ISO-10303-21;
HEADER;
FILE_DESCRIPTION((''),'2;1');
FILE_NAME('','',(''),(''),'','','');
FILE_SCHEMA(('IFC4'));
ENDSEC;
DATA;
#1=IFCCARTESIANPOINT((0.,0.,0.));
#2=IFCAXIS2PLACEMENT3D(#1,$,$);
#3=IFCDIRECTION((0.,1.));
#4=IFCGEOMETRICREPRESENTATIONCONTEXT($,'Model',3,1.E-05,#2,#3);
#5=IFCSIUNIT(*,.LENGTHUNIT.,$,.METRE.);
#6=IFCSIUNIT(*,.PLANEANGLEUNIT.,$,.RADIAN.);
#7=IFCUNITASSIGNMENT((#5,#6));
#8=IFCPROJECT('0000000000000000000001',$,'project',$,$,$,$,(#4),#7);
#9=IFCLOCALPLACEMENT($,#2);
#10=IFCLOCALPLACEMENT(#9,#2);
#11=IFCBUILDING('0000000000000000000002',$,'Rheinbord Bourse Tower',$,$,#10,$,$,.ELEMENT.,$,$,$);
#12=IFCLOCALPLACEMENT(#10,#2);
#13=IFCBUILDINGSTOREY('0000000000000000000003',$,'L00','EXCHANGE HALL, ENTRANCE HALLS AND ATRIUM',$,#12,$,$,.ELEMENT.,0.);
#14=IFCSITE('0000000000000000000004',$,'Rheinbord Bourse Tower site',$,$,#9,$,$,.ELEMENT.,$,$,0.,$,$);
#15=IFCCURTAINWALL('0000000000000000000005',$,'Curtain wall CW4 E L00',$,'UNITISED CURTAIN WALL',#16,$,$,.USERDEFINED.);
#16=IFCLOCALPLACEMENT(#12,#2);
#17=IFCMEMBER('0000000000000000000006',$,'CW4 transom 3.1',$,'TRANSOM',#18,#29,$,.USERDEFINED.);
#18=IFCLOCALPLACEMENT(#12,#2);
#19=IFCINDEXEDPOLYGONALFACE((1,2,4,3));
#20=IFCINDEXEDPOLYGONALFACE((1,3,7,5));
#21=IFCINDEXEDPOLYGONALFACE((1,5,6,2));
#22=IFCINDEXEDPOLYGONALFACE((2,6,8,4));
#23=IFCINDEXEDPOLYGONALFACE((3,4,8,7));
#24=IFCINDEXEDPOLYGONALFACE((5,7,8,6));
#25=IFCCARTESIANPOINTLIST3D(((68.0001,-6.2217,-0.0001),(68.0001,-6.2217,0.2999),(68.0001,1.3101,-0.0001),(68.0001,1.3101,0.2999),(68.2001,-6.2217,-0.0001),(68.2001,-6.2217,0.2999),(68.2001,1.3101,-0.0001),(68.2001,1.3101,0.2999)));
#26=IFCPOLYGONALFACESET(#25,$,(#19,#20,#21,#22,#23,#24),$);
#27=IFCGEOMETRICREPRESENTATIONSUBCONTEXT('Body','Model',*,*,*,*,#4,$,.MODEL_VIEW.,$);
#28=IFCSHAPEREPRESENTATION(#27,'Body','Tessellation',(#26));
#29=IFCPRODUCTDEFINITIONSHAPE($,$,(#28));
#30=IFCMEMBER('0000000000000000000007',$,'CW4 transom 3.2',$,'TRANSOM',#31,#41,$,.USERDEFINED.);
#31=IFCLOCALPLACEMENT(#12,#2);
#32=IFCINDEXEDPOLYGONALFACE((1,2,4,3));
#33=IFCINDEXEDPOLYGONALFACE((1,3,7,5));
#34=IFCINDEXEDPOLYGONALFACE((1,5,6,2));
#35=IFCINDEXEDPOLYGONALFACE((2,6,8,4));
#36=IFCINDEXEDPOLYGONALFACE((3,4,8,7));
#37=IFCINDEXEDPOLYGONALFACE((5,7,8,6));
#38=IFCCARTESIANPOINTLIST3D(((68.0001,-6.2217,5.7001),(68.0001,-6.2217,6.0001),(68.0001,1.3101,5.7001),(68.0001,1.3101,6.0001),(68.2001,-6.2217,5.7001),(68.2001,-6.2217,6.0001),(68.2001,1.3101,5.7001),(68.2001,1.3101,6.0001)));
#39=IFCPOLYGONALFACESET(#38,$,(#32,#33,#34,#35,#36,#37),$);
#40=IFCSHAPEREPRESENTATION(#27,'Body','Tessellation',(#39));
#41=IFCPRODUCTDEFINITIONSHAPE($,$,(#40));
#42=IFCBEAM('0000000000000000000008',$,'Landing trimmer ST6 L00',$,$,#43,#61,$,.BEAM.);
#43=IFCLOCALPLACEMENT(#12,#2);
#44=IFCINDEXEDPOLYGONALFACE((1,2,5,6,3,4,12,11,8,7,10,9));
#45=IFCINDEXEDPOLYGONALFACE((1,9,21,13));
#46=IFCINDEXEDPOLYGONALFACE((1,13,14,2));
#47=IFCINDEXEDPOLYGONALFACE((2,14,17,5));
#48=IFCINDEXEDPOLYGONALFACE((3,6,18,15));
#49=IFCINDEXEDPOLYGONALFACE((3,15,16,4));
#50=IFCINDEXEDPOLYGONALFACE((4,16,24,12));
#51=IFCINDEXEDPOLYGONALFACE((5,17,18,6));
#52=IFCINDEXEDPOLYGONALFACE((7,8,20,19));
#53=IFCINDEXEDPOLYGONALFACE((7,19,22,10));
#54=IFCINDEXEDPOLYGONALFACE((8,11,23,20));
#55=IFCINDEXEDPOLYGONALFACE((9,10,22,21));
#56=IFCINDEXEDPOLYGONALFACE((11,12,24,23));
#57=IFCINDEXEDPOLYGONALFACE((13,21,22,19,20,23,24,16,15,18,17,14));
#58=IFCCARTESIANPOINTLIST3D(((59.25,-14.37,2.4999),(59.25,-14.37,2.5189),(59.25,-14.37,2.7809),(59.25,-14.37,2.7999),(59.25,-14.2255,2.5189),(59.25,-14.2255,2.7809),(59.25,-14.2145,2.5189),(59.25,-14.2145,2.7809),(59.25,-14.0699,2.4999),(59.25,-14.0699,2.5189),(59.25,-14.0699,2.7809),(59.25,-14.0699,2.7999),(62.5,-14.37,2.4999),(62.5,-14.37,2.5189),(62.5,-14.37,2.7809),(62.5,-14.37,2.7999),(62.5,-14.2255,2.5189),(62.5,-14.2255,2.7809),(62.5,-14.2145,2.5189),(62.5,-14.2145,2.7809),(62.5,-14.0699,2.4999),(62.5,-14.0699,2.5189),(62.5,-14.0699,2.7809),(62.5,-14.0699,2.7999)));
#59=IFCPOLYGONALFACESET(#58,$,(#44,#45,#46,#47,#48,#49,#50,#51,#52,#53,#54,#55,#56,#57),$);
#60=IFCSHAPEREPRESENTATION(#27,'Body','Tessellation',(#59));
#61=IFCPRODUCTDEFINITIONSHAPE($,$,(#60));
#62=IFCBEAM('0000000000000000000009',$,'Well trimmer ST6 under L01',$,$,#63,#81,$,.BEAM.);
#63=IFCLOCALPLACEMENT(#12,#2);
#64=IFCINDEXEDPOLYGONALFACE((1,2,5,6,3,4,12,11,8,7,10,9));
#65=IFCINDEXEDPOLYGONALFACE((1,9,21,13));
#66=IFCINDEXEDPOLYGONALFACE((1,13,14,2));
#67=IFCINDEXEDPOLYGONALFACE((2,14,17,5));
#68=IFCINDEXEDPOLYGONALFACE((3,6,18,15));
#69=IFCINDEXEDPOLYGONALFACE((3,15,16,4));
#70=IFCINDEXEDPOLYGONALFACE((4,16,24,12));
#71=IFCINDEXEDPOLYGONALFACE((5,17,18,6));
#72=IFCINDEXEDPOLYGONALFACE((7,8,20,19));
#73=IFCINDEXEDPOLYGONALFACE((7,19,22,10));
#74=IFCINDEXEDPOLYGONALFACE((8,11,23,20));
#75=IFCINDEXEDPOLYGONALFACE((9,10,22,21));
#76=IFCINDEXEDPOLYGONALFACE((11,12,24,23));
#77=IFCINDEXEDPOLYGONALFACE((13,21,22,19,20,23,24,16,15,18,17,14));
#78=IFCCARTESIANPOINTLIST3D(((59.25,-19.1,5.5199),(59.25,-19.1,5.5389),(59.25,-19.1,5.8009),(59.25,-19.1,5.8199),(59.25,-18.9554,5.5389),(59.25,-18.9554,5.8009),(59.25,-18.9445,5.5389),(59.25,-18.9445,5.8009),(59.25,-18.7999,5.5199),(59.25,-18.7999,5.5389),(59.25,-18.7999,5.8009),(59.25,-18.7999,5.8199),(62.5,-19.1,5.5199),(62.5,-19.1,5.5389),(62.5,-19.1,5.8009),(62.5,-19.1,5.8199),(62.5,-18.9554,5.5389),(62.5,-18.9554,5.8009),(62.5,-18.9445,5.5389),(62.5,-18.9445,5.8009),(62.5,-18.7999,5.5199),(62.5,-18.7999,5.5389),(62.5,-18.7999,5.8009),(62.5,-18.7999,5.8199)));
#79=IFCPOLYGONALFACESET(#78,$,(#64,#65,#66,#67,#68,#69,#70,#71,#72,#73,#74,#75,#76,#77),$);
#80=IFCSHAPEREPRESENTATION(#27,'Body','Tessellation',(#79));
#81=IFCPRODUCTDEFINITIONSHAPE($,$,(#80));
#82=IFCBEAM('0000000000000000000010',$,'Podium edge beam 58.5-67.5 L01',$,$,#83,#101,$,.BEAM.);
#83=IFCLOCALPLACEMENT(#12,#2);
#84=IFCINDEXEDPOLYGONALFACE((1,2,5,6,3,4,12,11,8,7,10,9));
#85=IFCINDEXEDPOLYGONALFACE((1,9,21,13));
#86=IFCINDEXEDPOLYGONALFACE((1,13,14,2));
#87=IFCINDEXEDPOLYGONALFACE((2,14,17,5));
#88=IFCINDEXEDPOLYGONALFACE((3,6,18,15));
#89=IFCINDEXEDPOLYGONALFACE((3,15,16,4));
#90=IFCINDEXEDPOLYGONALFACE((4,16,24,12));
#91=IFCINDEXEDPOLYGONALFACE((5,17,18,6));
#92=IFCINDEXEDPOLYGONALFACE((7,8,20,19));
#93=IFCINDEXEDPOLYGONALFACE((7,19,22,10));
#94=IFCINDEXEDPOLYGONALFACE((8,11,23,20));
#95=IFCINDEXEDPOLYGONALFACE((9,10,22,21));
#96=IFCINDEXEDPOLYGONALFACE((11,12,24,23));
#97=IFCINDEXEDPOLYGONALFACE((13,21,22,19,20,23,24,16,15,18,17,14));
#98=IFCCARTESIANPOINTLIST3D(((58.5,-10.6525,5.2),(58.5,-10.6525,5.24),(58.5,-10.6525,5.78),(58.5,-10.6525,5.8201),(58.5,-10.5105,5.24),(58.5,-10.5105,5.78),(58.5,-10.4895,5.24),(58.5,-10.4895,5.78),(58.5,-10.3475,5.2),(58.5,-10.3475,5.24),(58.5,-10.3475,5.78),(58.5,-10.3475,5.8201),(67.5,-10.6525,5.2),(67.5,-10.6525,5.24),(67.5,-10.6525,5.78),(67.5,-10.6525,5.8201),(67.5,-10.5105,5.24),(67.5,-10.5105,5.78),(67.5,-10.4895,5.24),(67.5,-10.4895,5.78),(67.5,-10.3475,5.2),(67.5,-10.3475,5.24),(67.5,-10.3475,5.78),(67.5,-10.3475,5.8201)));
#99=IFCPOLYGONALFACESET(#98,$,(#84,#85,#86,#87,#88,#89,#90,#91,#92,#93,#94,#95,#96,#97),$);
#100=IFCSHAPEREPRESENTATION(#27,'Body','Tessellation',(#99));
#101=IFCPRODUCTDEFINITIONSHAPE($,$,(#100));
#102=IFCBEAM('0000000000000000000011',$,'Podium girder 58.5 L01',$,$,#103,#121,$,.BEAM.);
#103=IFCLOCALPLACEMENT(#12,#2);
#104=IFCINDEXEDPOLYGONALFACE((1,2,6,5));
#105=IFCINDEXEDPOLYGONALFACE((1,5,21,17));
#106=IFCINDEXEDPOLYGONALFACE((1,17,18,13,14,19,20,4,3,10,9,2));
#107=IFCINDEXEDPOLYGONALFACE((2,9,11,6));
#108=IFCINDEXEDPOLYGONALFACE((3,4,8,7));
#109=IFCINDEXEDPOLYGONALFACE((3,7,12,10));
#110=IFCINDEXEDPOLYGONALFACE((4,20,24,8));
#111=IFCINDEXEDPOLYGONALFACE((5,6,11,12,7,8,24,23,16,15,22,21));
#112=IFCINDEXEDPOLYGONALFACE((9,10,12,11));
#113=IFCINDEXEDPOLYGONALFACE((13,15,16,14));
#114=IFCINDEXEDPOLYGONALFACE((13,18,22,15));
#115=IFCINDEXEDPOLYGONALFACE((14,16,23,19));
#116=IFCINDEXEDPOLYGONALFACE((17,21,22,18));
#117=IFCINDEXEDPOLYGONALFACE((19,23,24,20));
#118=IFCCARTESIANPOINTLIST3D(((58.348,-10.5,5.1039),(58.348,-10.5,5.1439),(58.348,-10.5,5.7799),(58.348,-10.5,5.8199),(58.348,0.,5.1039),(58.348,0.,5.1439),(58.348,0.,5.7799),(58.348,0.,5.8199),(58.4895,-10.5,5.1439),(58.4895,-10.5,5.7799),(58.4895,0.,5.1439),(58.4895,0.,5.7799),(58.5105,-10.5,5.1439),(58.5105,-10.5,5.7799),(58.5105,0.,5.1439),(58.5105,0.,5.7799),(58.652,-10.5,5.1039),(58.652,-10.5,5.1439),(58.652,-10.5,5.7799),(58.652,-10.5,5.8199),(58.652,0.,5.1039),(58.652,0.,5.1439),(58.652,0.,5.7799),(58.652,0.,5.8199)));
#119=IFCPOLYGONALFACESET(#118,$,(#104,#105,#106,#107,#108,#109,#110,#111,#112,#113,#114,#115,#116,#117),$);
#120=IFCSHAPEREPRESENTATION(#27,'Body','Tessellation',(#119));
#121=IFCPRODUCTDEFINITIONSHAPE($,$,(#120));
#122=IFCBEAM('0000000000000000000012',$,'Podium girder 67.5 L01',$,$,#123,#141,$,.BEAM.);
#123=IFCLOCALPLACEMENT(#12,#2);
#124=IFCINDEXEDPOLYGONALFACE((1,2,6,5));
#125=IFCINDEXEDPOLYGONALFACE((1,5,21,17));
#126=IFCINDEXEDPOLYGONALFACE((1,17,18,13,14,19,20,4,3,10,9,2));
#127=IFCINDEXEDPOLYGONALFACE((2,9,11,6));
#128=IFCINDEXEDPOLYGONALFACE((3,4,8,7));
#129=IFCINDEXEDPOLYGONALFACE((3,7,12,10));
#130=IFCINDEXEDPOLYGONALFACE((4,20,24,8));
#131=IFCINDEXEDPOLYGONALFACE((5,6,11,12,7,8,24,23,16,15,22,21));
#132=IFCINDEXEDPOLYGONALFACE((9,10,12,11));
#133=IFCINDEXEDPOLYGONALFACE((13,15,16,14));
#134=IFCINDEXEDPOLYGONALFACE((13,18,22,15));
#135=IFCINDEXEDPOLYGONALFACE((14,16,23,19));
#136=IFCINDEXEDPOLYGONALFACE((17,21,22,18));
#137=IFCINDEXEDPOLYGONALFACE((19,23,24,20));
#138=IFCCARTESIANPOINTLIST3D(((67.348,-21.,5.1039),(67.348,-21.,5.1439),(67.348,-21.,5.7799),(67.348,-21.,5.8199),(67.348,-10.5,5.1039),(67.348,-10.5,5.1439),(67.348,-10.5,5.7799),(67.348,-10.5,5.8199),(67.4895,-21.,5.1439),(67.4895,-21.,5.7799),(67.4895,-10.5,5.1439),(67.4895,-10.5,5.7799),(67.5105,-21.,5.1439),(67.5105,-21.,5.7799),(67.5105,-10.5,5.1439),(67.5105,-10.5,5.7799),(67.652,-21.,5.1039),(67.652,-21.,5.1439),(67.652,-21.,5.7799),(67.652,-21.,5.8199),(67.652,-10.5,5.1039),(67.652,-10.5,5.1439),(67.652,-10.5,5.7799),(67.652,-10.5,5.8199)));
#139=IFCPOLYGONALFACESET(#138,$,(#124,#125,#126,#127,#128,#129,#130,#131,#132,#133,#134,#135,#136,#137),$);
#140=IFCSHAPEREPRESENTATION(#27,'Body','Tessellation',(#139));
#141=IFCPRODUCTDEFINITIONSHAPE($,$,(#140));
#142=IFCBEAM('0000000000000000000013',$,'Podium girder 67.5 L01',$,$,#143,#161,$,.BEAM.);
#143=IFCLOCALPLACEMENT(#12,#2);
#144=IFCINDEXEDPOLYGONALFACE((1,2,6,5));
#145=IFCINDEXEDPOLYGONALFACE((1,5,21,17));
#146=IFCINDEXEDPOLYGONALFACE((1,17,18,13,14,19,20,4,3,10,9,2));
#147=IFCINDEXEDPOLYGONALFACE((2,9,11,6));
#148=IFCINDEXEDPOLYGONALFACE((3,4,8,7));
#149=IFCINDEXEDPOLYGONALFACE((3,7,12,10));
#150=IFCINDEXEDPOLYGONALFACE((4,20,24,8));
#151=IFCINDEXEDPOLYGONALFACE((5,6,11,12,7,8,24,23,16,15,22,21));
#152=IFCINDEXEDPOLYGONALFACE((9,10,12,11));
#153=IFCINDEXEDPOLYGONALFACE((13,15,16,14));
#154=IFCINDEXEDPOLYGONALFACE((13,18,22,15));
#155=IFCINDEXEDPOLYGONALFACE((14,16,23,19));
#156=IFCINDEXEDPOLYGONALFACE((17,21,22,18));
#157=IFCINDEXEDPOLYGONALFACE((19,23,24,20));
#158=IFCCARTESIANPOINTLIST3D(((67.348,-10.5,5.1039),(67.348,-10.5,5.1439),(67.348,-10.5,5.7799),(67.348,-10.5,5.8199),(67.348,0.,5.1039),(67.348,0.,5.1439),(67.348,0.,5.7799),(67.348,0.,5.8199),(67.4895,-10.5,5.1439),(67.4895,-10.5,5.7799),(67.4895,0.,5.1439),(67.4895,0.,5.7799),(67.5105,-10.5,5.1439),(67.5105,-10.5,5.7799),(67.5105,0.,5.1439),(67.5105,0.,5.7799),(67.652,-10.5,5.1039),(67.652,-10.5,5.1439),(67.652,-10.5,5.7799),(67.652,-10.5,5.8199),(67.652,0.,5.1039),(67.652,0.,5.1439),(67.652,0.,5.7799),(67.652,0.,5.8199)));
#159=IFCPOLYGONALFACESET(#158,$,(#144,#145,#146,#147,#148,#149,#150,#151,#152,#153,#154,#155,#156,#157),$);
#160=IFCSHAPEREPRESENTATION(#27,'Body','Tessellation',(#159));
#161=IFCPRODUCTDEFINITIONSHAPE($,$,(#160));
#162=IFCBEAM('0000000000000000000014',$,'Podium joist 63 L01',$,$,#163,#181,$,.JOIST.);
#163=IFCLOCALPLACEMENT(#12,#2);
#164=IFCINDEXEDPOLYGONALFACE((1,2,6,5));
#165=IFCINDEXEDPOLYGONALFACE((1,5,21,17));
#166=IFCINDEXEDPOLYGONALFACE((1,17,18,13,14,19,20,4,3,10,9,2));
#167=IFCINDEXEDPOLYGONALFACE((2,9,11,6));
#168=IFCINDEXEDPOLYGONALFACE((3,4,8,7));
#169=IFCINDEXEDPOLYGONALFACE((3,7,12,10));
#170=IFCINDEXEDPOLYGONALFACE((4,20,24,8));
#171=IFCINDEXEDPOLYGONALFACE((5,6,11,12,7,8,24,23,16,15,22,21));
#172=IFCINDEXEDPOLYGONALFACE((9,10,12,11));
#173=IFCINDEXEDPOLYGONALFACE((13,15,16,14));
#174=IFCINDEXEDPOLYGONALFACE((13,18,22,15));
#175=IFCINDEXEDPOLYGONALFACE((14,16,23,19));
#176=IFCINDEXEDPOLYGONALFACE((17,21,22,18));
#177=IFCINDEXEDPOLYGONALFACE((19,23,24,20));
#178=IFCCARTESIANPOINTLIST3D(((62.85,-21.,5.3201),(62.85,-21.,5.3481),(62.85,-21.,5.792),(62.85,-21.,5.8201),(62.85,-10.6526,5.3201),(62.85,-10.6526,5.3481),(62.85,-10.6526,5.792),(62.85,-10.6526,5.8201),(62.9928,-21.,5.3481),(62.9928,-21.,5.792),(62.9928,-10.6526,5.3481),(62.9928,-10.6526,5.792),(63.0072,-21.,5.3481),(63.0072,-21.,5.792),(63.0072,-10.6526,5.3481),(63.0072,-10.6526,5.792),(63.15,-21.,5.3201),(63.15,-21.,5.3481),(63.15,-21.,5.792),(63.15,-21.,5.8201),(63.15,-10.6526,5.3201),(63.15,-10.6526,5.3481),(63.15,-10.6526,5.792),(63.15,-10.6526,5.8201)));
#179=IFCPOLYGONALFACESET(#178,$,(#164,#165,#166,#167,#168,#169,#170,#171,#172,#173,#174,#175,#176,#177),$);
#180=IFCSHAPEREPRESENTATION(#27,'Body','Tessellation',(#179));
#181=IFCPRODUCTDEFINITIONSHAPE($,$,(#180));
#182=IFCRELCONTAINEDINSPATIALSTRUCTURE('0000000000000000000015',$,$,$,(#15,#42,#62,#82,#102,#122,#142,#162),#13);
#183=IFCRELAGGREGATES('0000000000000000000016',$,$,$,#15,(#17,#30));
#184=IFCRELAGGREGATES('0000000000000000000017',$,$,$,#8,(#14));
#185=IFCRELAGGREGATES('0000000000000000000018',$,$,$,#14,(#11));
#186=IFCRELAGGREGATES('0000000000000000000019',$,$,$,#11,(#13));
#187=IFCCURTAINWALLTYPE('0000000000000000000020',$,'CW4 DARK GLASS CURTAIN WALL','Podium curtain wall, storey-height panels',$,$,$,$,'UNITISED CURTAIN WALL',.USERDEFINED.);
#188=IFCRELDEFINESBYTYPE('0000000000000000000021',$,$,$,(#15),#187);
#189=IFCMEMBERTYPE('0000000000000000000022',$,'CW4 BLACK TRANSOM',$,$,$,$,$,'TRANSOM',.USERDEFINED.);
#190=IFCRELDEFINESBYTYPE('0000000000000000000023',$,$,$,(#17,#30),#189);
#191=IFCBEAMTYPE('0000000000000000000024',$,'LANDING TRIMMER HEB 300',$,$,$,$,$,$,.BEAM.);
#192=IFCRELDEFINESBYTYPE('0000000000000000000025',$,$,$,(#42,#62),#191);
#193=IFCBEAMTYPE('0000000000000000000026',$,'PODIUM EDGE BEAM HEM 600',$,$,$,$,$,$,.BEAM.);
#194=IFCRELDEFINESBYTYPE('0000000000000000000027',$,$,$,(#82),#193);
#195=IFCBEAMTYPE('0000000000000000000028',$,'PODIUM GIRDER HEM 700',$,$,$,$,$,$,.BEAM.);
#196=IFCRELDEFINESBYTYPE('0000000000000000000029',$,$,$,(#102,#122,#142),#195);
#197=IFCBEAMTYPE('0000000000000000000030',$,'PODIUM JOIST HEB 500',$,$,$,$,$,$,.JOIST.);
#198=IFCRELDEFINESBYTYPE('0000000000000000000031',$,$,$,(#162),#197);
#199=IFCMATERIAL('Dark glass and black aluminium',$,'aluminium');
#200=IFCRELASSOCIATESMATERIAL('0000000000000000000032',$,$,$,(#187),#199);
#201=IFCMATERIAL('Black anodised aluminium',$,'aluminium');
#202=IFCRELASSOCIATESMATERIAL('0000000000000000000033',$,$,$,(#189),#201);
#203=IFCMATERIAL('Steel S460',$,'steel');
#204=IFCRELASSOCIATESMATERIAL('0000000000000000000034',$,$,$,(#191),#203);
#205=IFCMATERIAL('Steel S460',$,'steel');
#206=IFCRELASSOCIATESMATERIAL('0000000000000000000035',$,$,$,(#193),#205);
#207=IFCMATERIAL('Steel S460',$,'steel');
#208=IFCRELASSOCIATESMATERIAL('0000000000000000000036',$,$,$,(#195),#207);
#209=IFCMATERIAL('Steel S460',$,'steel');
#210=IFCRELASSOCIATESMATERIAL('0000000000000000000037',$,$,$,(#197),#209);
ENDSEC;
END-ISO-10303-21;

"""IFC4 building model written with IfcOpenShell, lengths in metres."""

from ifc_helpers import new_model, si_unit, direction, frame, origin, origin_2d, place, context, subcontext, project, spatial, rectangle, i_section, extrude, material, material_profile, profile_set, type_object, element, aggregate, save


model = new_model("IFC4")

# Units and contexts
model_context = context("Model", 3, precision=1e-05, world=origin(), true_north=direction((0.0, 1.0)))
body_context = subcontext(model_context, "Body", "Model", "MODEL_VIEW")
ifc_project = project(units=[si_unit("LENGTHUNIT", "METRE"), si_unit("PLANEANGLEUNIT", "RADIAN")], contexts=[model_context])

# Site, building, storey
site_placement = place(None, origin())
site = spatial("IfcSite", under=ifc_project, at=site_placement, Name="Rheinbord Bourse Tower site", CompositionType="ELEMENT", RefElevation=0.0)
building_placement = place(site_placement, origin())
building = spatial("IfcBuilding", under=site, at=building_placement, Name="Rheinbord Bourse Tower", CompositionType="ELEMENT")
storey_placement = place(building_placement, origin())
storey = spatial("IfcBuildingStorey", under=building, at=storey_placement, Name="L00", Description="EXCHANGE HALL, ENTRANCE HALLS AND ATRIUM", CompositionType="ELEMENT", Elevation=0.0)

# Curtain wall
ifc_material_1 = material(Name="Dark glass and black aluminium", Category="aluminium")
curtain_wall_type = type_object("IfcCurtainWallType", Name="CW4 DARK GLASS CURTAIN WALL", Description="Podium curtain wall, storey-height panels", ElementType="UNITISED CURTAIN WALL", PredefinedType="USERDEFINED", material=ifc_material_1)
curtain_wall_1_placement = place(storey_placement, origin())
curtain_wall_1 = element("IfcCurtainWall", 1, at=curtain_wall_1_placement, inside=storey, type_object=curtain_wall_type, Name="Curtain wall CW4 E L00", ObjectType="UNITISED CURTAIN WALL", PredefinedType="USERDEFINED")

# Members
ifc_material_2 = material(Name="Black anodised aluminium", Category="aluminium")
ifc_material_profile_1 = material_profile(ifc_material_2, rectangle(XDim=0.2, YDim=0.3, at=origin_2d()), Name="CW4 TRANSOM 300x200")
ifc_profile_set_1 = profile_set([ifc_material_profile_1], Name="Black anodised aluminium")
member_type_1 = type_object("IfcMemberType", Name="CW4 BLACK TRANSOM", ElementType="TRANSOM", PredefinedType="USERDEFINED", material=ifc_profile_set_1)
member_1_placement = place(storey_placement, frame((68.1001, -6.2217, 0.1499), z_axis=(0.0, 1.0, 0.0), x_axis=(-1.0, 0.0, 0.0)))
member_1 = element("IfcMember", 2, at=member_1_placement, type_object=member_type_1, Name="CW4 transom 3.1", ObjectType="TRANSOM", PredefinedType="USERDEFINED", context=body_context, shape_type="SweptSolid", body=[
    extrude(rectangle(XDim=0.2, YDim=0.3, at=origin_2d()), origin(), (0.0, 0.0, 1.0), 7.5317),
])
member_2_placement = place(storey_placement, frame((68.1001, -6.2217, 5.8501), z_axis=(0.0, 1.0, 0.0), x_axis=(-1.0, 0.0, 0.0)))
member_2 = element("IfcMember", 3, at=member_2_placement, type_object=member_type_1, Name="CW4 transom 3.2", ObjectType="TRANSOM", PredefinedType="USERDEFINED", context=body_context, shape_type="SweptSolid", body=[
    extrude(rectangle(XDim=0.2, YDim=0.3, at=origin_2d()), origin(), (0.0, 0.0, 1.0), 7.5317),
])

# Beams
ifc_material_3 = material(Name="Steel S460", Category="steel")
ifc_material_profile_2 = material_profile(ifc_material_3, i_section(OverallWidth=0.3, OverallDepth=0.3, WebThickness=0.011, FlangeThickness=0.019, at=origin_2d()), Name="HEB 300")
ifc_profile_set_2 = profile_set([ifc_material_profile_2], Name="Steel S460")
beam_type_1 = type_object("IfcBeamType", Name="LANDING TRIMMER HEB 300", PredefinedType="BEAM", material=ifc_profile_set_2)
for number, where, z_axis, x_axis, name in (
    (4, (59.25, -14.22, 2.6499), (1.0, 0.0, 0.0), (0.0, 1.0, 0.0), "Landing trimmer ST6 L00"),
    (5, (59.25, -18.95, 5.6699), (1.0, 0.0, 0.0), (0.0, 1.0, 0.0), "Well trimmer ST6 under L01"),
):
    element("IfcBeam", number, at=place(storey_placement, frame(where, z_axis=z_axis, x_axis=x_axis)), inside=storey, type_object=beam_type_1, Name=name, PredefinedType="BEAM", context=body_context, shape_type="SweptSolid", body=[
        extrude(i_section(OverallWidth=0.3, OverallDepth=0.3, WebThickness=0.011, FlangeThickness=0.019, at=origin_2d()), origin(), (0.0, 0.0, 1.0), 3.25),
    ])
ifc_material_4 = material(Name="Steel S460", Category="steel")
ifc_material_profile_3 = material_profile(ifc_material_4, i_section(OverallWidth=0.3049, OverallDepth=0.6201, WebThickness=0.021, FlangeThickness=0.04, at=origin_2d()), Name="HEM 600")
ifc_profile_set_3 = profile_set([ifc_material_profile_3], Name="Steel S460")
beam_type_2 = type_object("IfcBeamType", Name="PODIUM EDGE BEAM HEM 600", PredefinedType="BEAM", material=ifc_profile_set_3)
beam_placement = place(storey_placement, frame((58.5, -10.5, 5.51), z_axis=(1.0, 0.0, 0.0), x_axis=(0.0, 1.0, 0.0)))
element("IfcBeam", 6, at=beam_placement, inside=storey, type_object=beam_type_2, Name="Podium edge beam 58.5-67.5 L01", PredefinedType="BEAM", context=body_context, shape_type="SweptSolid", body=[
    extrude(i_section(OverallWidth=0.3049, OverallDepth=0.6201, WebThickness=0.021, FlangeThickness=0.04, at=origin_2d()), origin(), (0.0, 0.0, 1.0), 9.0),
])
ifc_material_5 = material(Name="Steel S460", Category="steel")
ifc_material_profile_4 = material_profile(ifc_material_5, i_section(OverallWidth=0.304, OverallDepth=0.7161, WebThickness=0.021, FlangeThickness=0.04, at=origin_2d()), Name="HEM 700")
ifc_profile_set_4 = profile_set([ifc_material_profile_4], Name="Steel S460")
beam_type_3 = type_object("IfcBeamType", Name="PODIUM GIRDER HEM 700", PredefinedType="BEAM", material=ifc_profile_set_4)
for number, where, z_axis, x_axis, name in (
    (7, (58.5, -10.5, 5.4619), (0.0, 1.0, 0.0), (-1.0, 0.0, 0.0), "Podium girder 58.5 L01"),
    (8, (67.5, -21.0, 5.4619), (0.0, 1.0, 0.0), (-1.0, 0.0, 0.0), "Podium girder 67.5 L01"),
    (9, (67.5, -10.5, 5.4619), (0.0, 1.0, 0.0), (-1.0, 0.0, 0.0), "Podium girder 67.5 L01"),
):
    element("IfcBeam", number, at=place(storey_placement, frame(where, z_axis=z_axis, x_axis=x_axis)), inside=storey, type_object=beam_type_3, Name=name, PredefinedType="BEAM", context=body_context, shape_type="SweptSolid", body=[
        extrude(i_section(OverallWidth=0.304, OverallDepth=0.7161, WebThickness=0.021, FlangeThickness=0.04, at=origin_2d()), origin(), (0.0, 0.0, 1.0), 10.5),
    ])
ifc_material_6 = material(Name="Steel S460", Category="steel")
ifc_material_profile_5 = material_profile(ifc_material_6, i_section(OverallWidth=0.3, OverallDepth=0.5, WebThickness=0.0144, FlangeThickness=0.0281, at=origin_2d()), Name="HEB 500")
ifc_profile_set_5 = profile_set([ifc_material_profile_5], Name="Steel S460")
beam_type_4 = type_object("IfcBeamType", Name="PODIUM JOIST HEB 500", PredefinedType="JOIST", material=ifc_profile_set_5)
for number, where, z_axis, x_axis, name in (
    (10, (63.0, -21.0, 5.5701), (0.0, 1.0, 0.0), (-1.0, 0.0, 0.0), "Podium joist 63 L01"),
):
    element("IfcBeam", number, at=place(storey_placement, frame(where, z_axis=z_axis, x_axis=x_axis)), inside=storey, type_object=beam_type_4, Name=name, PredefinedType="JOIST", context=body_context, shape_type="SweptSolid", body=[
        extrude(i_section(OverallWidth=0.3, OverallDepth=0.5, WebThickness=0.0144, FlangeThickness=0.0281, at=origin_2d()), origin(), (0.0, 0.0, 1.0), 10.3474),
    ])

aggregate(curtain_wall_1, [member_1, member_2])

save(model, "model.ifc")
